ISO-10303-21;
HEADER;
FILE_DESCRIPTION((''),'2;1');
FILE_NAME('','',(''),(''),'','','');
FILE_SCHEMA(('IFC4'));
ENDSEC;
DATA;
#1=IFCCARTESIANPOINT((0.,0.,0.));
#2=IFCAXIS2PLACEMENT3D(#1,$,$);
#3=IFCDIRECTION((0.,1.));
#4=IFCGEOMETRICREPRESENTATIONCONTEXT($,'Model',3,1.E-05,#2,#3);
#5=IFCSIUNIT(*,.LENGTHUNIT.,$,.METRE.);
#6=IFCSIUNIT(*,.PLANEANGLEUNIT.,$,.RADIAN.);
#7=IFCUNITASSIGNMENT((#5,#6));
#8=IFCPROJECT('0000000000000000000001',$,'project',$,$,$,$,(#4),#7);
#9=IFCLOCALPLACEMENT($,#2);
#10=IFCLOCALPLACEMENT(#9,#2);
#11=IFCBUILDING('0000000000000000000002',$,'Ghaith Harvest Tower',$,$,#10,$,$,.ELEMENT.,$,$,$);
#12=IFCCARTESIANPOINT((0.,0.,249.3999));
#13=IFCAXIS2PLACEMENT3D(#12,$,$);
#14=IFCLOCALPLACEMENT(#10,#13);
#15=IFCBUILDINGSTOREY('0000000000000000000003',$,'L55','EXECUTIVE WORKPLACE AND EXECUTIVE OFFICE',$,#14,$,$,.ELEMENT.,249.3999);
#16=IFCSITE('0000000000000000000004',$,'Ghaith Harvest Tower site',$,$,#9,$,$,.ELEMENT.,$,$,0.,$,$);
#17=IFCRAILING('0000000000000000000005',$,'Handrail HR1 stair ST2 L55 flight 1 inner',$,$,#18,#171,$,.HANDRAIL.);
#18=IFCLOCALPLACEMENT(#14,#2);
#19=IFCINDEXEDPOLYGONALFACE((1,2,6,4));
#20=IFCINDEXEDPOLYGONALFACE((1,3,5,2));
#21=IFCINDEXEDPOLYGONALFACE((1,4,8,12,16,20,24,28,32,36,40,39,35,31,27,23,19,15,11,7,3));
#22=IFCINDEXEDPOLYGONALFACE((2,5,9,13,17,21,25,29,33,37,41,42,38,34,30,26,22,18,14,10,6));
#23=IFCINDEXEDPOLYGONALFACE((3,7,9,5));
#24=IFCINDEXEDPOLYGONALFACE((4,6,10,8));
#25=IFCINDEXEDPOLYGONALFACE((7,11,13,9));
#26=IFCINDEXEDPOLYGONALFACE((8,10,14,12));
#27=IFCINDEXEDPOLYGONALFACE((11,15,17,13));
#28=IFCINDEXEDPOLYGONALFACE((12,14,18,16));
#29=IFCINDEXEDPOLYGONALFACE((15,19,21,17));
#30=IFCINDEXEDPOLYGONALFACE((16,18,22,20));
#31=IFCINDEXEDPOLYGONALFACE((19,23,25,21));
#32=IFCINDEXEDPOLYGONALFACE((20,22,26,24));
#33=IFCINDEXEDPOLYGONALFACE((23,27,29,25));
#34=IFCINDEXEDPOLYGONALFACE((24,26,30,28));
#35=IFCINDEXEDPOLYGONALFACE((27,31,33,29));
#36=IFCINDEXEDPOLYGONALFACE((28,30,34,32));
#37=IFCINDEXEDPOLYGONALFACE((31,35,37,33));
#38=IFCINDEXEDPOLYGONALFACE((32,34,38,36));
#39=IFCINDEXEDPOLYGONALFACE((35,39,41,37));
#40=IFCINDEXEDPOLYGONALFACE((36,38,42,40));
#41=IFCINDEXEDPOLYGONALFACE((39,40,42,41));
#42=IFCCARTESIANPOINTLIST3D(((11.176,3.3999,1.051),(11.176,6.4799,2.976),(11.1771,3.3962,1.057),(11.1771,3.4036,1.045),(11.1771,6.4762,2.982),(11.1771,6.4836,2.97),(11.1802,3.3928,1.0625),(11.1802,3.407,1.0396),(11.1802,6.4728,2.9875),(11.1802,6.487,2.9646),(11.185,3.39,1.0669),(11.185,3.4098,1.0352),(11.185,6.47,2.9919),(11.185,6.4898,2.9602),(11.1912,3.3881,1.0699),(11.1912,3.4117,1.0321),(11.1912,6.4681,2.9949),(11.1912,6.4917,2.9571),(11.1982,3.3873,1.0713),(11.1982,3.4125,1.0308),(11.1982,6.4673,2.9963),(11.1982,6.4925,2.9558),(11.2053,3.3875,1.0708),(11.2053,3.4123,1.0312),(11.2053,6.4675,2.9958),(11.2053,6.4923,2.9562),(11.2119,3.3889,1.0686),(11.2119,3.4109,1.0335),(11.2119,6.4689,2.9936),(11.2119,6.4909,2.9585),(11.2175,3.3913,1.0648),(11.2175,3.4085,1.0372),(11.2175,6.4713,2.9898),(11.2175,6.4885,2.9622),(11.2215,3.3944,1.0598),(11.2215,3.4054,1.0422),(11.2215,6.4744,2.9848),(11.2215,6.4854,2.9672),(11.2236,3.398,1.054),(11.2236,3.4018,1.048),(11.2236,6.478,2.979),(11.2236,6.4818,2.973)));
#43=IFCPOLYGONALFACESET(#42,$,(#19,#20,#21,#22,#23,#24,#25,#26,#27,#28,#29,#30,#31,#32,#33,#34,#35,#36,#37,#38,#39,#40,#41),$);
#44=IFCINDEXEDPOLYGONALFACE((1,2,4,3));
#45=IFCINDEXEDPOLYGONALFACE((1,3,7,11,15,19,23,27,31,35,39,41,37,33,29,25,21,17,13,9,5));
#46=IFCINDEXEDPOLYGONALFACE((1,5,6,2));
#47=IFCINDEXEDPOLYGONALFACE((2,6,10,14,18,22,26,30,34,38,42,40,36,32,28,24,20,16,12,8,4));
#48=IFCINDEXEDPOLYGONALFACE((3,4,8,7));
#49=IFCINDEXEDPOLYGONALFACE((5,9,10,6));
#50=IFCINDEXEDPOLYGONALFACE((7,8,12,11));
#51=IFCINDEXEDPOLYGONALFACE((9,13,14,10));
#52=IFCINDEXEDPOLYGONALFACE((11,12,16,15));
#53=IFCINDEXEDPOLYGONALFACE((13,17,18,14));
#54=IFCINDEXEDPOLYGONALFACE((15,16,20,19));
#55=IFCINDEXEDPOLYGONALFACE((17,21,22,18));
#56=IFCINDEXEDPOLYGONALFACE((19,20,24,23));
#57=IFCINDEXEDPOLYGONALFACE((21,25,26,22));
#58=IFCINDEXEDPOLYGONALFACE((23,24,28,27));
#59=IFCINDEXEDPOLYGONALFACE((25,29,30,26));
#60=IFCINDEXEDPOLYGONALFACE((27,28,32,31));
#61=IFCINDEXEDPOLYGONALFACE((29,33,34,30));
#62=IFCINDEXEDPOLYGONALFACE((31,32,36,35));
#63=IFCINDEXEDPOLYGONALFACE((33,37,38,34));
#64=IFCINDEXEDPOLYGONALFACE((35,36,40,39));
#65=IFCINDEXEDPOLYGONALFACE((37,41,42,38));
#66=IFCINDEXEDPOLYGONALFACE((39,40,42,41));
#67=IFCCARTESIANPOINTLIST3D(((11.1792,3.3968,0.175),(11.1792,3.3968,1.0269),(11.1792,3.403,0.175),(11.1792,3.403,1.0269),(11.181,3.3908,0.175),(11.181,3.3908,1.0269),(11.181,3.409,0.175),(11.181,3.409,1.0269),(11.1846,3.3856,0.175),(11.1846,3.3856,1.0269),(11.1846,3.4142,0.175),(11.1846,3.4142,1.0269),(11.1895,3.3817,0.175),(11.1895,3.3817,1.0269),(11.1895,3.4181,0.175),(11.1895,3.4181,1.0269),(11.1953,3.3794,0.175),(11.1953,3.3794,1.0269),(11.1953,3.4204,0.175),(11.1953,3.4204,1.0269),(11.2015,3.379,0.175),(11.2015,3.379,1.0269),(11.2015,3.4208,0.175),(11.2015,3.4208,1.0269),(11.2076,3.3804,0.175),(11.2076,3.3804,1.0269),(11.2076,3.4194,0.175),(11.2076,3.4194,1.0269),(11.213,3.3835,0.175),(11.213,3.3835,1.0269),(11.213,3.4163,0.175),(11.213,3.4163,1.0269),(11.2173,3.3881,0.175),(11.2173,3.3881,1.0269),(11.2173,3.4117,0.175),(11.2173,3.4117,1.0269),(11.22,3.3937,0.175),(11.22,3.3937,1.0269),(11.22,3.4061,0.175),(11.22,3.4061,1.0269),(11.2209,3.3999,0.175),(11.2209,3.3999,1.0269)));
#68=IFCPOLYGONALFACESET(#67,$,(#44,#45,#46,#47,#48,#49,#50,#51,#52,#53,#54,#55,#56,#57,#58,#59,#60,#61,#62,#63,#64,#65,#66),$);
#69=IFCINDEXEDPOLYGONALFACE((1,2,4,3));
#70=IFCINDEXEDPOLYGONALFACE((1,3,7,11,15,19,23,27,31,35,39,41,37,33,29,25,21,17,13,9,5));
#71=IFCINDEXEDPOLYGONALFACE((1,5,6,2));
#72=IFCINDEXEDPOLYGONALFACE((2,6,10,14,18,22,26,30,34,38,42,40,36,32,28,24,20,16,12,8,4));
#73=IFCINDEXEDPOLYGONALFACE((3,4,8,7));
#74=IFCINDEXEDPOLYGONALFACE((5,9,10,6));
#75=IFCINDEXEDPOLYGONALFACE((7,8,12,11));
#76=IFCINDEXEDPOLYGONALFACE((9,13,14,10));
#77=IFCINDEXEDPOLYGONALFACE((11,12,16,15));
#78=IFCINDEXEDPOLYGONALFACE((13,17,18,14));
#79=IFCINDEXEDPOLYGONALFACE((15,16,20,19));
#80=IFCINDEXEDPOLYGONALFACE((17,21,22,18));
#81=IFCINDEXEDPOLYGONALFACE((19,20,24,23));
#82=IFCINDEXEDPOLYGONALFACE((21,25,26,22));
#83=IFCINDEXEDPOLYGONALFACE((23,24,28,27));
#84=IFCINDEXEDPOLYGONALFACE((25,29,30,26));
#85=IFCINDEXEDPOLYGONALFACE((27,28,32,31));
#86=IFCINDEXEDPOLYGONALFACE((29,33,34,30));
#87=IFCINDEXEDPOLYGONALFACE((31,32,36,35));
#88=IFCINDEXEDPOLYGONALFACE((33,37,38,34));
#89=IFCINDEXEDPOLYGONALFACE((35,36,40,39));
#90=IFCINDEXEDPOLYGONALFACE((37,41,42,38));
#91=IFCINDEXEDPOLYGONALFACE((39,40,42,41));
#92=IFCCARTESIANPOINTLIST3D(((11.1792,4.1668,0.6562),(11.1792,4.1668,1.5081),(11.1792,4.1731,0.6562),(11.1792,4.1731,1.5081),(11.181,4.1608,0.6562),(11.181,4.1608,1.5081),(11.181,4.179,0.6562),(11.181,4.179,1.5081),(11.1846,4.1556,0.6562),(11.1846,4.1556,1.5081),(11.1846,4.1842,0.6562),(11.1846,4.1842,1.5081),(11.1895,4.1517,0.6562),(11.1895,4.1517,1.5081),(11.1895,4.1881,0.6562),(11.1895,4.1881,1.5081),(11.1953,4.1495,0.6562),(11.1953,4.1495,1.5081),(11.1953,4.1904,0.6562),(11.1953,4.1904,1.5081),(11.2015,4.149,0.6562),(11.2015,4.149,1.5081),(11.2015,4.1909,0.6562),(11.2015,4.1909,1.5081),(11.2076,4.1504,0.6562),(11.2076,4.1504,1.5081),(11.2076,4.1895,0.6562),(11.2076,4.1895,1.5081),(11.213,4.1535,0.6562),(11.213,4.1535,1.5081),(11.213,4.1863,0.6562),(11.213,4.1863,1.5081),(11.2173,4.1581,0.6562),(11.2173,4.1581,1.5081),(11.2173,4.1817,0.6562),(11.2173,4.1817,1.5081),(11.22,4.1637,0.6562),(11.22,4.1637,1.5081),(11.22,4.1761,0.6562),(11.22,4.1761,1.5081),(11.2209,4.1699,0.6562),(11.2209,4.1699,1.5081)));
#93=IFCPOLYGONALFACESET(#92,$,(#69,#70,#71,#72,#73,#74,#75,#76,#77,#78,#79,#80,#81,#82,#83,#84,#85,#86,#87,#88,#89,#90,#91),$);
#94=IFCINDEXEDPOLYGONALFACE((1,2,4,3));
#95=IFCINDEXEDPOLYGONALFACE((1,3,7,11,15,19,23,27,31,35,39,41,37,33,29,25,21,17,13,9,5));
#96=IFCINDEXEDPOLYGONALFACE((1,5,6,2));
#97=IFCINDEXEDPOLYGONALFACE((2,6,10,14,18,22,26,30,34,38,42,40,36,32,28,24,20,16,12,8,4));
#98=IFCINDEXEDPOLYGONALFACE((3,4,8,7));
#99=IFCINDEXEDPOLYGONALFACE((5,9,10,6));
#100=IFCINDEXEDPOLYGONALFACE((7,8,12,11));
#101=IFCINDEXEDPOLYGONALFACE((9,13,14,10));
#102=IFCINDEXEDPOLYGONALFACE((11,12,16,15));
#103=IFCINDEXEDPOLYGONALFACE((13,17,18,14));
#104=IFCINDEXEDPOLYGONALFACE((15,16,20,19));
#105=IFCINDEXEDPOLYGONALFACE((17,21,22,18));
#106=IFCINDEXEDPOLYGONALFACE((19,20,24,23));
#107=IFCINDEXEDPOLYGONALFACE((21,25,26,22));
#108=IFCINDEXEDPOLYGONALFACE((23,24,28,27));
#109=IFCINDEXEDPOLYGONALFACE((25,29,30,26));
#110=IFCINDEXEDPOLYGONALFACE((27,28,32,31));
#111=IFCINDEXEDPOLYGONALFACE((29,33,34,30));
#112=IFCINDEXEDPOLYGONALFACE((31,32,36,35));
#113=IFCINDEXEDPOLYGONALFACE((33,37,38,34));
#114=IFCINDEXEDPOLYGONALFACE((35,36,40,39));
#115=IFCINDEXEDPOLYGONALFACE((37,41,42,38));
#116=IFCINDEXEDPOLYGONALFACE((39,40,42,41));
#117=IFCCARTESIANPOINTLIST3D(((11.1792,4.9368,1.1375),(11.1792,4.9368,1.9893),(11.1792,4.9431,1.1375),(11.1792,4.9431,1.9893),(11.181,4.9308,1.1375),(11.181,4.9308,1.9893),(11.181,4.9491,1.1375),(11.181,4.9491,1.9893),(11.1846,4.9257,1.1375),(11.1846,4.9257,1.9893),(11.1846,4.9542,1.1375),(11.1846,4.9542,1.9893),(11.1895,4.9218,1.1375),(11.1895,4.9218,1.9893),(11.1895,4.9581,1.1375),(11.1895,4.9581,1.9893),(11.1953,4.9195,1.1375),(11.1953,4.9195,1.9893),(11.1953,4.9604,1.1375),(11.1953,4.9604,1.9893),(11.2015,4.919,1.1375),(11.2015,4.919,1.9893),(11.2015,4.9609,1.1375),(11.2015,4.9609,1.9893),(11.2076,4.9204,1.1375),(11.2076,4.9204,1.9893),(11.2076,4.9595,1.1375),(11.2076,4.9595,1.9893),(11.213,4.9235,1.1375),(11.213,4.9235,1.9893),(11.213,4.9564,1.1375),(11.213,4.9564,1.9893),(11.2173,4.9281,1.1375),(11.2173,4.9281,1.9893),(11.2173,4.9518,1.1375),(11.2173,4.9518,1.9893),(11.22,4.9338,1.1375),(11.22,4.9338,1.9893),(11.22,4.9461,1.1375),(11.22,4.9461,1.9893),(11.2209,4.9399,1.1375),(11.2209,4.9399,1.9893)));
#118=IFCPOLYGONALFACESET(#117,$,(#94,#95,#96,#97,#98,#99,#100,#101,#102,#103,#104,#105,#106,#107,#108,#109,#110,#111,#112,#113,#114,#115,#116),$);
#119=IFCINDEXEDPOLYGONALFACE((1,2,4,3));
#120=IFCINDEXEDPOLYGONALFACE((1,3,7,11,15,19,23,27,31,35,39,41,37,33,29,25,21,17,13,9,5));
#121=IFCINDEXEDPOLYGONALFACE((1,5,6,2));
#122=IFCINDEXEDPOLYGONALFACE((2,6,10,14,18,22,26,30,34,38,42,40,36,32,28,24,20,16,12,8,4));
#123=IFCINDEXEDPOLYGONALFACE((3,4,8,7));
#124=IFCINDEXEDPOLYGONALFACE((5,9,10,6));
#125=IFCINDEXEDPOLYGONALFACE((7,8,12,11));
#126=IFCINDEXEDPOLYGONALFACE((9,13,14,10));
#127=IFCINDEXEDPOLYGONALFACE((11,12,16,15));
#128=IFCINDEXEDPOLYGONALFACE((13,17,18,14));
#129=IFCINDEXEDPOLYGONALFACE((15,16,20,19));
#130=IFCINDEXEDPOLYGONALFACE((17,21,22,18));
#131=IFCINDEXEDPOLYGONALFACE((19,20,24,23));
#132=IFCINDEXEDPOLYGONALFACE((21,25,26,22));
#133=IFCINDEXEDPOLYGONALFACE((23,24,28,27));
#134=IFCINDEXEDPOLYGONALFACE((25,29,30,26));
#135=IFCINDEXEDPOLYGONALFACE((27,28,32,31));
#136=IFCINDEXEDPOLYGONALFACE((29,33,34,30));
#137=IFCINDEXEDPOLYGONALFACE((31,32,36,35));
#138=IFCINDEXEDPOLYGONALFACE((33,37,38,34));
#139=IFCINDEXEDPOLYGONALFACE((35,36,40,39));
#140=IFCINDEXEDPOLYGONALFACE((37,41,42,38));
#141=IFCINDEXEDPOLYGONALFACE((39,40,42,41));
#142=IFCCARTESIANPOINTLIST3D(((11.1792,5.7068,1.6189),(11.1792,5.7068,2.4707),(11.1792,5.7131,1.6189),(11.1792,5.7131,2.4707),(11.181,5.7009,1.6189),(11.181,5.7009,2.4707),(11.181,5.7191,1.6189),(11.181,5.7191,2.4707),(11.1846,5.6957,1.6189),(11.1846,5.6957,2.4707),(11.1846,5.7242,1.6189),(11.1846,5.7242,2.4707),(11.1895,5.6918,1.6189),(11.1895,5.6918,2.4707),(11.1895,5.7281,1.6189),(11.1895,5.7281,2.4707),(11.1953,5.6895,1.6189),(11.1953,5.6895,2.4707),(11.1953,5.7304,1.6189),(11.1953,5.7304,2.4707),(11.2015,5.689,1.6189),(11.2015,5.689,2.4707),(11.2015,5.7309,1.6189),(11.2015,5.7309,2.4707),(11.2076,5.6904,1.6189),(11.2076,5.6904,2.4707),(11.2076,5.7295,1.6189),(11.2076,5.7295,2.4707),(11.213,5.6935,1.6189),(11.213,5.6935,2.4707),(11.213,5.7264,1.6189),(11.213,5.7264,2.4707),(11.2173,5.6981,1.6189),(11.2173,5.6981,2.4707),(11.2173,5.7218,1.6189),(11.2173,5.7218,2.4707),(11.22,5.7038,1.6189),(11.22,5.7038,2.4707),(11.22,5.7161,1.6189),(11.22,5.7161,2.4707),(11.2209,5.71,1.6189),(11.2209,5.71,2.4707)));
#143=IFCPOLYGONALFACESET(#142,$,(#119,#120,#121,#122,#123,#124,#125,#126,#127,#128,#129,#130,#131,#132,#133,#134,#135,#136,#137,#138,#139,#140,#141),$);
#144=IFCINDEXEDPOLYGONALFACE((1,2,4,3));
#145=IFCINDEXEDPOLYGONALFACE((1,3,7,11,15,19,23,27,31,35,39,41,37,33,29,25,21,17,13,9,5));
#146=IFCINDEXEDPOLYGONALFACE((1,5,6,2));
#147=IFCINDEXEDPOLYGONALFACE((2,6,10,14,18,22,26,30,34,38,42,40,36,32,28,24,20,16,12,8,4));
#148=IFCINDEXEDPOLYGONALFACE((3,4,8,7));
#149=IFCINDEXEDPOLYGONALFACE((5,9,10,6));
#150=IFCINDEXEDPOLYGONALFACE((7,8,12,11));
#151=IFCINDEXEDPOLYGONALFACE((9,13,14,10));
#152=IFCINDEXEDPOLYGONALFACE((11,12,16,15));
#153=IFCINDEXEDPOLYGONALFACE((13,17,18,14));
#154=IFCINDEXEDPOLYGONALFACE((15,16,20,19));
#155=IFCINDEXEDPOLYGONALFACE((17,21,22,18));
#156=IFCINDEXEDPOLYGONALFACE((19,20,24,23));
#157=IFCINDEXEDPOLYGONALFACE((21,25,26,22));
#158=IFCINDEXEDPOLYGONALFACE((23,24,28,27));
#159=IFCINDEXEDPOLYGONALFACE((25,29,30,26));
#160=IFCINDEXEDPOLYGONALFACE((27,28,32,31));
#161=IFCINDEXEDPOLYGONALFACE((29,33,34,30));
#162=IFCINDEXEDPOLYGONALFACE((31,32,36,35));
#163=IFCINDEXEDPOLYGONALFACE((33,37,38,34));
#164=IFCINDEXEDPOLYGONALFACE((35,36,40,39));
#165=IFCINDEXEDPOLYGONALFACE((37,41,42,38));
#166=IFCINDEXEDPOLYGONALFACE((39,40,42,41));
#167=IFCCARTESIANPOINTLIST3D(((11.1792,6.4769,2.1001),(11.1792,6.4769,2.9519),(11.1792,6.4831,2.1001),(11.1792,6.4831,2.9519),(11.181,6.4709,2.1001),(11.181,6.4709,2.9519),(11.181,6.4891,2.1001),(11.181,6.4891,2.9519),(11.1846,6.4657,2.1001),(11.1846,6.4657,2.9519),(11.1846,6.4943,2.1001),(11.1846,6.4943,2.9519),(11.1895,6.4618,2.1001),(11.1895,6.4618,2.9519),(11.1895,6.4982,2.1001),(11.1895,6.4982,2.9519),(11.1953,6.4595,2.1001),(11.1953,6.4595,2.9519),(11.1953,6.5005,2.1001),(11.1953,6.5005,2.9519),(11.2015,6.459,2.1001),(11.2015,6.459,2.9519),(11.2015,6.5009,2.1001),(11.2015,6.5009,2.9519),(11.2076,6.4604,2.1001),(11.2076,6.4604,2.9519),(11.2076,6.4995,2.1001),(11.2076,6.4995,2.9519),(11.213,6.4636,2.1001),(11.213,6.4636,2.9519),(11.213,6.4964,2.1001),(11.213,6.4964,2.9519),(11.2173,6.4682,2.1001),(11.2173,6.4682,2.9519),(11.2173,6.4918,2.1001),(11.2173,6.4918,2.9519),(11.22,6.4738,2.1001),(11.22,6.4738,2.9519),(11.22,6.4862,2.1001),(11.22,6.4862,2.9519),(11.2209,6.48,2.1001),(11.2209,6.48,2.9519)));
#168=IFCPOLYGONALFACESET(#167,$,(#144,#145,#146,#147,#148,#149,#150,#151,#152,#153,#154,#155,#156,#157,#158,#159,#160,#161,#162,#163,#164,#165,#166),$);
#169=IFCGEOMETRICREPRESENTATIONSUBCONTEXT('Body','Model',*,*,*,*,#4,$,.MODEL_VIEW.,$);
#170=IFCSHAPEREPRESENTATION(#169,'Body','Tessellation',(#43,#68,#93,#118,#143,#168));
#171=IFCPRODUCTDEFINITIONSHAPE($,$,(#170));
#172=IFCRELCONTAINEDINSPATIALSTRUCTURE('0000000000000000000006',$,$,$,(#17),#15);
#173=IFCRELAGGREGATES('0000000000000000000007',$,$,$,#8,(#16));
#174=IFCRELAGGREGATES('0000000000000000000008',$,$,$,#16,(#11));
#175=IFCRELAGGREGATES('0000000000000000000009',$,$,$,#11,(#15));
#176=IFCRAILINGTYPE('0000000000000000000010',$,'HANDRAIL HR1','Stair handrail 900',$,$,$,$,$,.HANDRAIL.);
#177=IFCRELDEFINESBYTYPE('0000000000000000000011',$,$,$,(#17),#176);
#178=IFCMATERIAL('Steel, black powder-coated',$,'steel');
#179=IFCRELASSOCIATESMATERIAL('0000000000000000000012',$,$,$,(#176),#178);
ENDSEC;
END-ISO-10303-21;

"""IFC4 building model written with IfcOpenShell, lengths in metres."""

from ifc_helpers import new_model, si_unit, direction, frame, origin, origin_2d, place, context, subcontext, project, spatial, circle, extrude, material, type_object, element, save


model = new_model("IFC4")

# Units and contexts
model_context = context("Model", 3, precision=1e-05, world=origin(), true_north=direction((0.0, 1.0)))
body_context = subcontext(model_context, "Body", "Model", "MODEL_VIEW")
ifc_project = project(units=[si_unit("LENGTHUNIT", "METRE"), si_unit("PLANEANGLEUNIT", "RADIAN")], contexts=[model_context])

# Site, building, storey
site_placement = place(None, origin())
site = spatial("IfcSite", under=ifc_project, at=site_placement, Name="Ghaith Harvest Tower site", CompositionType="ELEMENT", RefElevation=0.0)
building_placement = place(site_placement, origin())
building = spatial("IfcBuilding", under=site, at=building_placement, Name="Ghaith Harvest Tower", CompositionType="ELEMENT")
storey_placement = place(building_placement, frame((0.0, 0.0, 249.3999)))
storey = spatial("IfcBuildingStorey", under=building, at=storey_placement, Name="L55", Description="EXECUTIVE WORKPLACE AND EXECUTIVE OFFICE", CompositionType="ELEMENT", Elevation=249.3999)

# Railing
ifc_material_1 = material(Name="Steel, black powder-coated", Category="steel")
railing_type = type_object("IfcRailingType", Name="HANDRAIL HR1", Description="Stair handrail 900", PredefinedType="HANDRAIL", material=ifc_material_1)
railing_1_placement = place(storey_placement, frame((11.2, 3.3999, 0.175)))
element("IfcRailing", 1, at=railing_1_placement, inside=storey, type_object=railing_type, Name="Handrail HR1 stair ST2 L55 flight 1 inner", PredefinedType="HANDRAIL", context=body_context, shape_type="SweptSolid", body=[
    extrude(circle(Radius=0.0239, at=origin_2d()), frame((0.0, 0.0, 0.876), z_axis=(0.0, 0.847998, 0.529999), x_axis=(-1.0, 0.0, 0.0)), (0.0, 0.0, 1.0), 3.6321),
    extrude(circle(Radius=0.021, at=origin_2d()), origin(), (0.0, 0.0, 1.0), 0.8518),
    extrude(circle(Radius=0.021, at=origin_2d()), frame((0.0, 0.77, 0.4812)), (0.0, 0.0, 1.0), 0.8518),
    extrude(circle(Radius=0.021, at=origin_2d()), frame((0.0, 1.54, 0.9624)), (0.0, 0.0, 1.0), 0.8518),
    extrude(circle(Radius=0.021, at=origin_2d()), frame((0.0, 2.3101, 1.4438)), (0.0, 0.0, 1.0), 0.8518),
    extrude(circle(Radius=0.021, at=origin_2d()), frame((0.0, 3.0801, 1.925)), (0.0, 0.0, 1.0), 0.8518),
])

save(model, "model.ifc")
